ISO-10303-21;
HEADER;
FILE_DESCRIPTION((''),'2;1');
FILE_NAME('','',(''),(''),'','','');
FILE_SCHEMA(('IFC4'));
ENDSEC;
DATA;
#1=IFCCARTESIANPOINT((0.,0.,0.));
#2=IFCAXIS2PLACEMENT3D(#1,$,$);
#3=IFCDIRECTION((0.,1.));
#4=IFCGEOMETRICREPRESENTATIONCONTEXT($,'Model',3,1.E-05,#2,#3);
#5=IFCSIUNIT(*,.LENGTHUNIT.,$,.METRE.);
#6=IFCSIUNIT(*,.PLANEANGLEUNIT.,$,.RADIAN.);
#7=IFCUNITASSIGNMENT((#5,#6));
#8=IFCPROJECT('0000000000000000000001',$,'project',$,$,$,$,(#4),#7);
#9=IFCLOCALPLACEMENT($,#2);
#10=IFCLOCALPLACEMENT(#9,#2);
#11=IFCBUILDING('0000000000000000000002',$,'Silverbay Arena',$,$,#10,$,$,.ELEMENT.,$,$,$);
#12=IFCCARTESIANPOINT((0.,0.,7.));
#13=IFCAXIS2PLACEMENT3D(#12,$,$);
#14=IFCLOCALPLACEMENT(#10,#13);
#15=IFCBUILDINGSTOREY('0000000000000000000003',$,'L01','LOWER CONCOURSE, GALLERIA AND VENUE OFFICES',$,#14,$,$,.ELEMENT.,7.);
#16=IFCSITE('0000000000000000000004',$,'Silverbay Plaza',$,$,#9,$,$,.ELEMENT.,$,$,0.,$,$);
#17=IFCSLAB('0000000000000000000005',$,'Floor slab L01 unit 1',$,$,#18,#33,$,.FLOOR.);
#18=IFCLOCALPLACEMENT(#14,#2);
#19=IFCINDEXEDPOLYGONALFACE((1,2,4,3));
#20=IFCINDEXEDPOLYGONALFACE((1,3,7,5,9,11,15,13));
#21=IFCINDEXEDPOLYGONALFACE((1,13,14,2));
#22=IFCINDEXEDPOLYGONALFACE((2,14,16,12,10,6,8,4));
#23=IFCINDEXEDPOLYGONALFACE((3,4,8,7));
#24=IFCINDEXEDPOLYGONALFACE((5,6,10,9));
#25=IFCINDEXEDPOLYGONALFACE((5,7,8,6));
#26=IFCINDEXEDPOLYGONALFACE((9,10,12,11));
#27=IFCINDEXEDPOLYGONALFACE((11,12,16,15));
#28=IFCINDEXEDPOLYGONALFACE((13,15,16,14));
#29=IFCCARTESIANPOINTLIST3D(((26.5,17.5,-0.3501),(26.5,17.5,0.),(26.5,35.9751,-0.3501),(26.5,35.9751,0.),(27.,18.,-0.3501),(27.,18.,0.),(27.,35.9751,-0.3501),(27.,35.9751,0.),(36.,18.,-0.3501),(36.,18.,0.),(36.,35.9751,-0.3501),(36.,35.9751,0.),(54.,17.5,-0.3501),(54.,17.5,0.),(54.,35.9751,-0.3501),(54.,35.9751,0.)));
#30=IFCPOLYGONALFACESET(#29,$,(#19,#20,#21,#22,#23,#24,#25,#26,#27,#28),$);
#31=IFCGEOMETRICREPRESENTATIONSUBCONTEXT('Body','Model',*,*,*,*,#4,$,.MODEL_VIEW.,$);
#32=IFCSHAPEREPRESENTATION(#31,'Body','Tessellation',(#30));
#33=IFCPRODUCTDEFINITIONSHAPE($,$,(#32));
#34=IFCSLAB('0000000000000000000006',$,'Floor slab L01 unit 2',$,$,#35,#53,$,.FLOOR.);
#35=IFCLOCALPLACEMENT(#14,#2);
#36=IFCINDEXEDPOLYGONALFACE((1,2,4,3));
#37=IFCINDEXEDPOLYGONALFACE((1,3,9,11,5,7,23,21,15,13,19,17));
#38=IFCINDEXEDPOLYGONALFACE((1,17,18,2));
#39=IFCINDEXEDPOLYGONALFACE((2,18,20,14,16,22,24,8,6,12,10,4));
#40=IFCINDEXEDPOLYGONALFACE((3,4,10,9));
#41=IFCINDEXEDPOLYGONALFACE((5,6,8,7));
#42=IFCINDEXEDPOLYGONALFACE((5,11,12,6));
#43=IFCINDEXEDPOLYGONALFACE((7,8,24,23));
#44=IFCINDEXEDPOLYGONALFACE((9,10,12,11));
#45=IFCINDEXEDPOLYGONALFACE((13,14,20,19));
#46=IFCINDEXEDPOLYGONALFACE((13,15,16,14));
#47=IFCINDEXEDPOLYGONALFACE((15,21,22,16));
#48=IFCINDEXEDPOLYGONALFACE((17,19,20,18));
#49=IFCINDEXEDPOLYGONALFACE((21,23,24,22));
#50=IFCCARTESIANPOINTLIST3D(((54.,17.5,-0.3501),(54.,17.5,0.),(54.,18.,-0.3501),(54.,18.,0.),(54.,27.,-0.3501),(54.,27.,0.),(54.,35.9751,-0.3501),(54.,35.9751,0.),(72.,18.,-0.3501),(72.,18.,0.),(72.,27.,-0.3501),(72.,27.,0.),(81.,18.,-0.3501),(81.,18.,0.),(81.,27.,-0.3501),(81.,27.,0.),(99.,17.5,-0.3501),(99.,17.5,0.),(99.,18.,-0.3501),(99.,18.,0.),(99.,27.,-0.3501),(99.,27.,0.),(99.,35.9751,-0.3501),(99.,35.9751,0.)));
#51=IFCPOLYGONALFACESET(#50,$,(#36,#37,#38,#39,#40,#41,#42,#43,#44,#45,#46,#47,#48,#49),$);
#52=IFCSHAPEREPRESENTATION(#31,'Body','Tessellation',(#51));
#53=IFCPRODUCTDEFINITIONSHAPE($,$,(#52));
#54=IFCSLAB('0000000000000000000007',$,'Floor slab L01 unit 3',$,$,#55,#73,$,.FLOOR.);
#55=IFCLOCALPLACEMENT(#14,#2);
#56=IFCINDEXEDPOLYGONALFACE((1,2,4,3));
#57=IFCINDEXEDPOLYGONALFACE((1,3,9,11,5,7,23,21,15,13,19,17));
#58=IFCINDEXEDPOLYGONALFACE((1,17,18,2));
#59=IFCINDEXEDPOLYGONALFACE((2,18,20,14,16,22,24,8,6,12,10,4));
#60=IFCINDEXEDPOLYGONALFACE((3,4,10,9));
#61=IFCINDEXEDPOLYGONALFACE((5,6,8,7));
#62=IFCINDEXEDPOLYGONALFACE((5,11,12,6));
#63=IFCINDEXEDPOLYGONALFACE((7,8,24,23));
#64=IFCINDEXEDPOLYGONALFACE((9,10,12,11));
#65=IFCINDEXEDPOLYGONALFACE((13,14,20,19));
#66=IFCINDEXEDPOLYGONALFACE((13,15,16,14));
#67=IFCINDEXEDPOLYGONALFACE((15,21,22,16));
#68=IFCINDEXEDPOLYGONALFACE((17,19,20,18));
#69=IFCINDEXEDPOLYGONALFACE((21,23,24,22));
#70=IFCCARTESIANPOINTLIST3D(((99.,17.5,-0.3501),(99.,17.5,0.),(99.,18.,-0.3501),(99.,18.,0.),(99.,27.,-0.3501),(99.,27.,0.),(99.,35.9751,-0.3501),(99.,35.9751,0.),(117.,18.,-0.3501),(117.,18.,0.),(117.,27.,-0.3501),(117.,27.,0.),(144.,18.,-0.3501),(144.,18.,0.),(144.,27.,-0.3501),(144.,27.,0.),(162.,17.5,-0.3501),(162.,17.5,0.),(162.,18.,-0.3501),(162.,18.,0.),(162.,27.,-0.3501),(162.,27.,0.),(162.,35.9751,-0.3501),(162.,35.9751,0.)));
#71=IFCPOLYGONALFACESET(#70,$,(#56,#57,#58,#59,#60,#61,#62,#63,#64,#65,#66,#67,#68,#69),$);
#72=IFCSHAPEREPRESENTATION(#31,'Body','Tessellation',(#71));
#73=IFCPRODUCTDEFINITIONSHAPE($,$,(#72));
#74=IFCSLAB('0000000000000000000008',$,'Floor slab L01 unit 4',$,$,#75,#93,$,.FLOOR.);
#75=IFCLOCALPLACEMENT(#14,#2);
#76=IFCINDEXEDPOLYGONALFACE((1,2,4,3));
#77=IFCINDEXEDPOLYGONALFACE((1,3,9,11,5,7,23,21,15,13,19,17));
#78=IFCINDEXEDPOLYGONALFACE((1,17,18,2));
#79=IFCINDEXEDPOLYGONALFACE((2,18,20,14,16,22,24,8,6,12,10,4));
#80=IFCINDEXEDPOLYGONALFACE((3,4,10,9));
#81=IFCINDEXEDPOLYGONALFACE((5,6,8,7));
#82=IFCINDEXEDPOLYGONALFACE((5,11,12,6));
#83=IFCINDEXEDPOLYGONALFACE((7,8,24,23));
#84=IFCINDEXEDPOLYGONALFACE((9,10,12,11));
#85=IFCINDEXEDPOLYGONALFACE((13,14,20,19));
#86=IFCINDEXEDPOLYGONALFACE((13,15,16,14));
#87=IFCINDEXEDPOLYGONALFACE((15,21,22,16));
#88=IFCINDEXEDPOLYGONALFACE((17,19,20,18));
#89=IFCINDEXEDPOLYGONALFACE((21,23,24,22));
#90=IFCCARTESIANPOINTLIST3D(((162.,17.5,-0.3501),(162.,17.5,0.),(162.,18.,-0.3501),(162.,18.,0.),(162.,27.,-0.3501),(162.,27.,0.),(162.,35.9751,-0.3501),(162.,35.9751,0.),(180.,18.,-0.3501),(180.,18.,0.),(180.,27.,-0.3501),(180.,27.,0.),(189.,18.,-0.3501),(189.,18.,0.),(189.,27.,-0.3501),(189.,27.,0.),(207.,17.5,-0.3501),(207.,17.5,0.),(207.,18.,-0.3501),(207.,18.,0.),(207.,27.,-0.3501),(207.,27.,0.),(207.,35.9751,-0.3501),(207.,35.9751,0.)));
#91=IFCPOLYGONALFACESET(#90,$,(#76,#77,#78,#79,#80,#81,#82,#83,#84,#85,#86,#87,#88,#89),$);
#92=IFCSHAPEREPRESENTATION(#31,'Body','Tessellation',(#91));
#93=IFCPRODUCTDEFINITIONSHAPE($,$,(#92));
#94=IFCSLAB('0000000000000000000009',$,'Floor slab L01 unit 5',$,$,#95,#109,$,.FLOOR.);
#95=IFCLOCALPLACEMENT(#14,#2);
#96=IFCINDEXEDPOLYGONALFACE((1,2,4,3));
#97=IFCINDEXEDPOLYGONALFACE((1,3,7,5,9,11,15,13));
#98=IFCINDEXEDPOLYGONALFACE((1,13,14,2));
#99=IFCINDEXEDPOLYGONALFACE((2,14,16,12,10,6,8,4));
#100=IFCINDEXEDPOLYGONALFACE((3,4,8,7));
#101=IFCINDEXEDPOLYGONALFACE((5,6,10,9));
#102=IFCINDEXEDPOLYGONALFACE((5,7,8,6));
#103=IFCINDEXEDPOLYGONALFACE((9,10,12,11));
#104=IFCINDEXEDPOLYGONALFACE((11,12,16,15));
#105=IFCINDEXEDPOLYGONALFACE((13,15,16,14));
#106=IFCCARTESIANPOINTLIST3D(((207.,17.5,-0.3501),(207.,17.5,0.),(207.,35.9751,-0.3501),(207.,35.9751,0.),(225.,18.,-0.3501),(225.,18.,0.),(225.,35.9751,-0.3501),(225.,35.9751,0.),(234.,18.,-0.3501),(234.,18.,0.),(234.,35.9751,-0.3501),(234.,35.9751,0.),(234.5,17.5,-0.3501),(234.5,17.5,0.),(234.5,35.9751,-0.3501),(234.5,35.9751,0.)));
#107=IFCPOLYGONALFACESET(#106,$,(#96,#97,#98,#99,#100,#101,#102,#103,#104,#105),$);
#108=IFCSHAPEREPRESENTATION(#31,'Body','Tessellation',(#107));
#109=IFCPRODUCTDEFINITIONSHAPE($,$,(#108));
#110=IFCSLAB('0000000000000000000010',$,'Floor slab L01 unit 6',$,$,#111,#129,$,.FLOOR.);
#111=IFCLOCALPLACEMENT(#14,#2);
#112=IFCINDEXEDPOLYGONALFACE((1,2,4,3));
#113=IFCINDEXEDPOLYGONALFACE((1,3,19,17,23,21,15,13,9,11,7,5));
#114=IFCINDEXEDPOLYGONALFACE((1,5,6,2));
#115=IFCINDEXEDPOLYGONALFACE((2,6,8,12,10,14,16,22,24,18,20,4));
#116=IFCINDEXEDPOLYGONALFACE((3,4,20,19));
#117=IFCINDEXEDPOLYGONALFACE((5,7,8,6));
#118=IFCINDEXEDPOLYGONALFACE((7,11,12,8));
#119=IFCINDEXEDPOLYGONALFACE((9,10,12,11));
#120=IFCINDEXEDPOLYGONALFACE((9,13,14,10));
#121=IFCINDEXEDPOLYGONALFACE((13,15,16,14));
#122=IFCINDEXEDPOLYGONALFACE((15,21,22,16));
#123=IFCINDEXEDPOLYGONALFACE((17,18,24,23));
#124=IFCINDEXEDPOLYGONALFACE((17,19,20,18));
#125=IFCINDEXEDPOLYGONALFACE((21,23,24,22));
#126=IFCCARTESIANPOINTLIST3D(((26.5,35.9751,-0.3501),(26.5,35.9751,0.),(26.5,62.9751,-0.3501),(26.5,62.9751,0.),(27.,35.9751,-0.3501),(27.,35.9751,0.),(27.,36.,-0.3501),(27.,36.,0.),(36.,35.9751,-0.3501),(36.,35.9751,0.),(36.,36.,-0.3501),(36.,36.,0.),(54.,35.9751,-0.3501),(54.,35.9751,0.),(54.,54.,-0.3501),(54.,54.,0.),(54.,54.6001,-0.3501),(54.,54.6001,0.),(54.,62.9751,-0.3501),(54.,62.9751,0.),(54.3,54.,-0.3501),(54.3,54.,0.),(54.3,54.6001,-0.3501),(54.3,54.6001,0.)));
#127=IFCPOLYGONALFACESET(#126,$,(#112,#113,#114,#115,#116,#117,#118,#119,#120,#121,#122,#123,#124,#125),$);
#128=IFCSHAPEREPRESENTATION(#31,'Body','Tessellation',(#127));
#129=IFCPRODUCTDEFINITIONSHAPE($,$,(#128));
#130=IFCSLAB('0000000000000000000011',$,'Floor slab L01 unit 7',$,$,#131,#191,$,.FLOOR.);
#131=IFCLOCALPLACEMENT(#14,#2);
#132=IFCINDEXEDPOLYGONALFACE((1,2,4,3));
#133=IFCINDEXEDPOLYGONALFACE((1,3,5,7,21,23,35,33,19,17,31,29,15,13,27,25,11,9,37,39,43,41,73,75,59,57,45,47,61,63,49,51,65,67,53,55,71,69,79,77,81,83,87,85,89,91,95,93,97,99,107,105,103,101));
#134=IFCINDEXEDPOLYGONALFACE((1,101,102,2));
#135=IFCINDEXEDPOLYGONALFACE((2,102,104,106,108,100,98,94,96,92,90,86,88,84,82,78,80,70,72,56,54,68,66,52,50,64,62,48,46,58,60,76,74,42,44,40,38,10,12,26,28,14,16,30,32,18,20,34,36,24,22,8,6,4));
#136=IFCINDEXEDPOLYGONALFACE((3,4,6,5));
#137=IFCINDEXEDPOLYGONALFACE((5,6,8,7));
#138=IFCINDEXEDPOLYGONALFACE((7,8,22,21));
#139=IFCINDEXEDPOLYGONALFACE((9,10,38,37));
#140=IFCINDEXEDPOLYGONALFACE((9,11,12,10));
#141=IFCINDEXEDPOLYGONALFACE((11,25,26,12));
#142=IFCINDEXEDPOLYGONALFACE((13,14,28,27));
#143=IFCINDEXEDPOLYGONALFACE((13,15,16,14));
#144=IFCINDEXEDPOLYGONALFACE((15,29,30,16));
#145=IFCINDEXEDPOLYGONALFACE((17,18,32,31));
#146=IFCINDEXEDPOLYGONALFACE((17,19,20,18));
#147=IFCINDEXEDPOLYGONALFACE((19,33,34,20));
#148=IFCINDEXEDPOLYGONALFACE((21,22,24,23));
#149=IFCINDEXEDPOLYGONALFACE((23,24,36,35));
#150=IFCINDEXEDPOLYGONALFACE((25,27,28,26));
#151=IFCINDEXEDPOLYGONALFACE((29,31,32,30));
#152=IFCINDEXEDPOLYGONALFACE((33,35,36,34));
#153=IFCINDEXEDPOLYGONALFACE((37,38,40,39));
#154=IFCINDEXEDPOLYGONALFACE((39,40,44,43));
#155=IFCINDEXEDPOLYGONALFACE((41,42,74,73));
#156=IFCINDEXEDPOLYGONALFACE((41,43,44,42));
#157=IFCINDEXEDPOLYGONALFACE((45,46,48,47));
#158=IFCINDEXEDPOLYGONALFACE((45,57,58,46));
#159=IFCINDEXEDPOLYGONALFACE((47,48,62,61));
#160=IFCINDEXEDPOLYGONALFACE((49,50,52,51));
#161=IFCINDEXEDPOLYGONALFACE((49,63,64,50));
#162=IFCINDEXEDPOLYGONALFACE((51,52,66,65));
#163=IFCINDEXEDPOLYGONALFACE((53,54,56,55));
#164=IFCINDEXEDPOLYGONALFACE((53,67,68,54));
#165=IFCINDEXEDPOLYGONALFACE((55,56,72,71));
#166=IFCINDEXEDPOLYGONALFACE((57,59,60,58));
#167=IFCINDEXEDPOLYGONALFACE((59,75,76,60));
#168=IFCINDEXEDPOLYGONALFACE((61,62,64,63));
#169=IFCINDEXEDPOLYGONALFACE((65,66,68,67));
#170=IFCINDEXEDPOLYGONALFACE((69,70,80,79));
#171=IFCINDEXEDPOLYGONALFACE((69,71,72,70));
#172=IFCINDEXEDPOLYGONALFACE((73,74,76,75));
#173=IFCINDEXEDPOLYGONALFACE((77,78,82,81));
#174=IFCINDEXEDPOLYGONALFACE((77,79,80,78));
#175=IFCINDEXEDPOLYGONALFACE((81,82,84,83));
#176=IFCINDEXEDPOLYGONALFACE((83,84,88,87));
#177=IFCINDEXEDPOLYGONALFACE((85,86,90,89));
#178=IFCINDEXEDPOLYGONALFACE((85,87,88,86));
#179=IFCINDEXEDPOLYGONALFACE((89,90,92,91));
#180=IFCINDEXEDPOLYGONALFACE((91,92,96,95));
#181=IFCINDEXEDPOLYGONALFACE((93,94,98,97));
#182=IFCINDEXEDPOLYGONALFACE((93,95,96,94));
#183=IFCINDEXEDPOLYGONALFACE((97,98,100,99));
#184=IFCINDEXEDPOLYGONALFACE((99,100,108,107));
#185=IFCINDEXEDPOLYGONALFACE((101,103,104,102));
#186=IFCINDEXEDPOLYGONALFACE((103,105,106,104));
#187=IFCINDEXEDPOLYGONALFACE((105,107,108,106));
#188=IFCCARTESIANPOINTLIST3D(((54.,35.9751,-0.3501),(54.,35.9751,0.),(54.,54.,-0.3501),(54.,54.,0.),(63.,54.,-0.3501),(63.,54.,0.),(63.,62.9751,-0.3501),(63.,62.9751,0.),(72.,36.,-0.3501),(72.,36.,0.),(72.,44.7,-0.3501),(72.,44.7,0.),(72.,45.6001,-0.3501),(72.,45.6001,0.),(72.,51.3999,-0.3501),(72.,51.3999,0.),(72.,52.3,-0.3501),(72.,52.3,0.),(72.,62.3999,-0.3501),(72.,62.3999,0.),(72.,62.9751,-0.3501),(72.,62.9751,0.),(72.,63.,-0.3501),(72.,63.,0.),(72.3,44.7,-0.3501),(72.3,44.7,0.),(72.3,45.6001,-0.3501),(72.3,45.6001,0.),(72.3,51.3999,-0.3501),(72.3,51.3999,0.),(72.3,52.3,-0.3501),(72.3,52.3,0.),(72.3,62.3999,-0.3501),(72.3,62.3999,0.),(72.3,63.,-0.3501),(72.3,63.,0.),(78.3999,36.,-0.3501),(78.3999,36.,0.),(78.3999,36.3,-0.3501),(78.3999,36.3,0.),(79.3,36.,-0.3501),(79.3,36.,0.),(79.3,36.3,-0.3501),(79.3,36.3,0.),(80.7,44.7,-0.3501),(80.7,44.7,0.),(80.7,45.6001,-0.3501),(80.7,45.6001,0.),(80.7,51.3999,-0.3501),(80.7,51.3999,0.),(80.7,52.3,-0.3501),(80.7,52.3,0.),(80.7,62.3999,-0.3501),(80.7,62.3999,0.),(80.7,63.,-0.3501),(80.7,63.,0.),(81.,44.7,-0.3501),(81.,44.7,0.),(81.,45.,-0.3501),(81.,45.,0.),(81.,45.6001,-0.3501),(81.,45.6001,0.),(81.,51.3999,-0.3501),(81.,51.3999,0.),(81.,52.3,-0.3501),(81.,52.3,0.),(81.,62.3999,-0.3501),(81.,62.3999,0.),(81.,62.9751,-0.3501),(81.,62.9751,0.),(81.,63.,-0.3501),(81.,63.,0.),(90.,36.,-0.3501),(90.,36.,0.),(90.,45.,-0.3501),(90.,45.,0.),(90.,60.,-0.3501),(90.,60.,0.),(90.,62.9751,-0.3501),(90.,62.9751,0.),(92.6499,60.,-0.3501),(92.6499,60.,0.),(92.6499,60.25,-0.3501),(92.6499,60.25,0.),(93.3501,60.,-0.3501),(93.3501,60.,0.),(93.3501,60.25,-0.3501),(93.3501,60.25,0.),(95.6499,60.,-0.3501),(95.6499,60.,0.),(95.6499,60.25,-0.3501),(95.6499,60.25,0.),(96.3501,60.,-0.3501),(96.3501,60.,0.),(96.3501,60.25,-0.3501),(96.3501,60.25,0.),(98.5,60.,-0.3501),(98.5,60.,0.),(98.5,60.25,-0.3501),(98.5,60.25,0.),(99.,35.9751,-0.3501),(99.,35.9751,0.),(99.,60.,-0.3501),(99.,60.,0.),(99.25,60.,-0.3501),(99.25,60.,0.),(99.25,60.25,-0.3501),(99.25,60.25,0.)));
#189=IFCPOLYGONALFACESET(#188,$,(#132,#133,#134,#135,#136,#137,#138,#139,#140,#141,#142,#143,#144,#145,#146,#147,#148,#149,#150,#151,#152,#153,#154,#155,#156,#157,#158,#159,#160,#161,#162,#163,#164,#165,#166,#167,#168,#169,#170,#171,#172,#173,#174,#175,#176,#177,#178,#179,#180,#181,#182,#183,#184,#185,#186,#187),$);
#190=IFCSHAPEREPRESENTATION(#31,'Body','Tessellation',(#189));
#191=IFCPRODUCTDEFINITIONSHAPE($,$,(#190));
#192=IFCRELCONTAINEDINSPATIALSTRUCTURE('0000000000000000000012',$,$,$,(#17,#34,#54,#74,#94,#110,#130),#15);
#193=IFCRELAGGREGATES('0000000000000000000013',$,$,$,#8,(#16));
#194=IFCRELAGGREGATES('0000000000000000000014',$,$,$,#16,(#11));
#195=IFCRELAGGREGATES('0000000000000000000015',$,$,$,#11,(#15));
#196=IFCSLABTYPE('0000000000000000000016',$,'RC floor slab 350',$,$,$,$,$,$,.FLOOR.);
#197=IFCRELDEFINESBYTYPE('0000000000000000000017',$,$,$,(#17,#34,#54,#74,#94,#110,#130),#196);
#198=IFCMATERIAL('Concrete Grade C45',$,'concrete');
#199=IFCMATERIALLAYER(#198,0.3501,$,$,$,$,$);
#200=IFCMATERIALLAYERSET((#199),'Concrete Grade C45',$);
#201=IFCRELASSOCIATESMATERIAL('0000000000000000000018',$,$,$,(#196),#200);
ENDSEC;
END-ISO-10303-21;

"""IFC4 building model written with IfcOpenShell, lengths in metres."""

from ifc_helpers import new_model, si_unit, direction, frame, origin, place, context, subcontext, project, spatial, polyline, outline, extrude, material, layer, layer_set, type_object, element, save


model = new_model("IFC4")

# Units and contexts
model_context = context("Model", 3, precision=1e-05, world=origin(), true_north=direction((0.0, 1.0)))
body_context = subcontext(model_context, "Body", "Model", "MODEL_VIEW")
ifc_project = project(units=[si_unit("LENGTHUNIT", "METRE"), si_unit("PLANEANGLEUNIT", "RADIAN")], contexts=[model_context])

# Site, building, storey
site_placement = place(None, origin())
site = spatial("IfcSite", under=ifc_project, at=site_placement, Name="Silverbay Plaza", CompositionType="ELEMENT", RefElevation=0.0)
building_placement = place(site_placement, origin())
building = spatial("IfcBuilding", under=site, at=building_placement, Name="Silverbay Arena", CompositionType="ELEMENT")
storey_placement = place(building_placement, frame((0.0, 0.0, 7.0)))
storey = spatial("IfcBuildingStorey", under=building, at=storey_placement, Name="L01", Description="LOWER CONCOURSE, GALLERIA AND VENUE OFFICES", CompositionType="ELEMENT", Elevation=7.0)

# Slabs
ifc_material_1 = material(Name="Concrete Grade C45", Category="concrete")
ifc_layer_1 = layer(ifc_material_1, 0.3501)
ifc_layer_set_1 = layer_set([ifc_layer_1], Name="Concrete Grade C45")
slab_type_1 = type_object("IfcSlabType", Name="RC floor slab 350", PredefinedType="FLOOR", material=ifc_layer_set_1)
slab_1_placement = place(storey_placement, frame((0.0, 0.0, -0.3501)))
element("IfcSlab", 1, at=slab_1_placement, inside=storey, type_object=slab_type_1, Name="Floor slab L01 unit 1", PredefinedType="FLOOR", context=body_context, shape_type="SweptSolid", body=[
    extrude(outline(polyline([(26.5, 35.9751), (27.0, 35.9751), (27.0, 18.0), (36.0, 18.0), (36.0, 35.9751), (54.0, 35.9751), (54.0, 17.5), (26.5, 17.5), (26.5, 35.9751)])), origin(), (0.0, 0.0, 1.0), 0.3501),
])
slab_2_placement = place(storey_placement, frame((0.0, 0.0, -0.3501)))
element("IfcSlab", 2, at=slab_2_placement, inside=storey, type_object=slab_type_1, Name="Floor slab L01 unit 2", PredefinedType="FLOOR", context=body_context, shape_type="SweptSolid", body=[
    extrude(outline(polyline([(99.0, 35.9751), (99.0, 27.0), (81.0, 27.0), (81.0, 18.0), (99.0, 18.0), (99.0, 17.5), (54.0, 17.5), (54.0, 18.0), (72.0, 18.0), (72.0, 27.0), (54.0, 27.0), (54.0, 35.9751), (99.0, 35.9751)])), origin(), (0.0, 0.0, 1.0), 0.3501),
])
slab_3_placement = place(storey_placement, frame((0.0, 0.0, -0.3501)))
element("IfcSlab", 3, at=slab_3_placement, inside=storey, type_object=slab_type_1, Name="Floor slab L01 unit 3", PredefinedType="FLOOR", context=body_context, shape_type="SweptSolid", body=[
    extrude(outline(polyline([(144.0, 27.0), (144.0, 18.0), (162.0, 18.0), (162.0, 17.5), (99.0, 17.5), (99.0, 18.0), (117.0, 18.0), (117.0, 27.0), (99.0, 27.0), (99.0, 35.9751), (162.0, 35.9751), (162.0, 27.0), (144.0, 27.0)])), origin(), (0.0, 0.0, 1.0), 0.3501),
])
slab_4_placement = place(storey_placement, frame((0.0, 0.0, -0.3501)))
element("IfcSlab", 4, at=slab_4_placement, inside=storey, type_object=slab_type_1, Name="Floor slab L01 unit 4", PredefinedType="FLOOR", context=body_context, shape_type="SweptSolid", body=[
    extrude(outline(polyline([(207.0, 35.9751), (207.0, 27.0), (189.0, 27.0), (189.0, 18.0), (207.0, 18.0), (207.0, 17.5), (162.0, 17.5), (162.0, 18.0), (180.0, 18.0), (180.0, 27.0), (162.0, 27.0), (162.0, 35.9751), (207.0, 35.9751)])), origin(), (0.0, 0.0, 1.0), 0.3501),
])
slab_5_placement = place(storey_placement, frame((0.0, 0.0, -0.3501)))
element("IfcSlab", 5, at=slab_5_placement, inside=storey, type_object=slab_type_1, Name="Floor slab L01 unit 5", PredefinedType="FLOOR", context=body_context, shape_type="SweptSolid", body=[
    extrude(outline(polyline([(225.0, 35.9751), (225.0, 18.0), (234.0, 18.0), (234.0, 35.9751), (234.5, 35.9751), (234.5, 17.5), (207.0, 17.5), (207.0, 35.9751), (225.0, 35.9751)])), origin(), (0.0, 0.0, 1.0), 0.3501),
])
slab_6_placement = place(storey_placement, frame((0.0, 0.0, -0.3501)))
element("IfcSlab", 6, at=slab_6_placement, inside=storey, type_object=slab_type_1, Name="Floor slab L01 unit 6", PredefinedType="FLOOR", context=body_context, shape_type="SweptSolid", body=[
    extrude(outline(polyline([(54.3, 54.6001), (54.3, 54.0), (54.0, 54.0), (54.0, 35.9751), (36.0, 35.9751), (36.0, 36.0), (27.0, 36.0), (27.0, 35.9751), (26.5, 35.9751), (26.5, 62.9751), (54.0, 62.9751), (54.0, 54.6001), (54.3, 54.6001)])), origin(), (0.0, 0.0, 1.0), 0.3501),
])
slab_7_placement = place(storey_placement, frame((0.0, 0.0, -0.3501)))
element("IfcSlab", 7, at=slab_7_placement, inside=storey, type_object=slab_type_1, Name="Floor slab L01 unit 7", PredefinedType="FLOOR", context=body_context, shape_type="SweptSolid", body=[
    extrude(outline(polyline([(78.3999, 36.3), (79.3, 36.3), (79.3, 36.0), (90.0, 36.0), (90.0, 45.0), (81.0, 45.0), (81.0, 44.7), (80.7, 44.7), (80.7, 45.6001), (81.0, 45.6001), (81.0, 51.3999), (80.7, 51.3999), (80.7, 52.3), (81.0, 52.3), (81.0, 62.3999), (80.7, 62.3999), (80.7, 63.0), (81.0, 63.0), (81.0, 62.9751), (90.0, 62.9751), (90.0, 60.0), (92.6499, 60.0), (92.6499, 60.25), (93.3501, 60.25), (93.3501, 60.0), (95.6499, 60.0), (95.6499, 60.25), (96.3501, 60.25), (96.3501, 60.0), (98.5, 60.0), (98.5, 60.25), (99.25, 60.25), (99.25, 60.0), (99.0, 60.0), (99.0, 35.9751), (54.0, 35.9751), (54.0, 54.0), (63.0, 54.0), (63.0, 62.9751), (72.0, 62.9751), (72.0, 63.0), (72.3, 63.0), (72.3, 62.3999), (72.0, 62.3999), (72.0, 52.3), (72.3, 52.3), (72.3, 51.3999), (72.0, 51.3999), (72.0, 45.6001), (72.3, 45.6001), (72.3, 44.7), (72.0, 44.7), (72.0, 36.0), (78.3999, 36.0), (78.3999, 36.3)])), origin(), (0.0, 0.0, 1.0), 0.3501),
])

save(model, "model.ifc")
